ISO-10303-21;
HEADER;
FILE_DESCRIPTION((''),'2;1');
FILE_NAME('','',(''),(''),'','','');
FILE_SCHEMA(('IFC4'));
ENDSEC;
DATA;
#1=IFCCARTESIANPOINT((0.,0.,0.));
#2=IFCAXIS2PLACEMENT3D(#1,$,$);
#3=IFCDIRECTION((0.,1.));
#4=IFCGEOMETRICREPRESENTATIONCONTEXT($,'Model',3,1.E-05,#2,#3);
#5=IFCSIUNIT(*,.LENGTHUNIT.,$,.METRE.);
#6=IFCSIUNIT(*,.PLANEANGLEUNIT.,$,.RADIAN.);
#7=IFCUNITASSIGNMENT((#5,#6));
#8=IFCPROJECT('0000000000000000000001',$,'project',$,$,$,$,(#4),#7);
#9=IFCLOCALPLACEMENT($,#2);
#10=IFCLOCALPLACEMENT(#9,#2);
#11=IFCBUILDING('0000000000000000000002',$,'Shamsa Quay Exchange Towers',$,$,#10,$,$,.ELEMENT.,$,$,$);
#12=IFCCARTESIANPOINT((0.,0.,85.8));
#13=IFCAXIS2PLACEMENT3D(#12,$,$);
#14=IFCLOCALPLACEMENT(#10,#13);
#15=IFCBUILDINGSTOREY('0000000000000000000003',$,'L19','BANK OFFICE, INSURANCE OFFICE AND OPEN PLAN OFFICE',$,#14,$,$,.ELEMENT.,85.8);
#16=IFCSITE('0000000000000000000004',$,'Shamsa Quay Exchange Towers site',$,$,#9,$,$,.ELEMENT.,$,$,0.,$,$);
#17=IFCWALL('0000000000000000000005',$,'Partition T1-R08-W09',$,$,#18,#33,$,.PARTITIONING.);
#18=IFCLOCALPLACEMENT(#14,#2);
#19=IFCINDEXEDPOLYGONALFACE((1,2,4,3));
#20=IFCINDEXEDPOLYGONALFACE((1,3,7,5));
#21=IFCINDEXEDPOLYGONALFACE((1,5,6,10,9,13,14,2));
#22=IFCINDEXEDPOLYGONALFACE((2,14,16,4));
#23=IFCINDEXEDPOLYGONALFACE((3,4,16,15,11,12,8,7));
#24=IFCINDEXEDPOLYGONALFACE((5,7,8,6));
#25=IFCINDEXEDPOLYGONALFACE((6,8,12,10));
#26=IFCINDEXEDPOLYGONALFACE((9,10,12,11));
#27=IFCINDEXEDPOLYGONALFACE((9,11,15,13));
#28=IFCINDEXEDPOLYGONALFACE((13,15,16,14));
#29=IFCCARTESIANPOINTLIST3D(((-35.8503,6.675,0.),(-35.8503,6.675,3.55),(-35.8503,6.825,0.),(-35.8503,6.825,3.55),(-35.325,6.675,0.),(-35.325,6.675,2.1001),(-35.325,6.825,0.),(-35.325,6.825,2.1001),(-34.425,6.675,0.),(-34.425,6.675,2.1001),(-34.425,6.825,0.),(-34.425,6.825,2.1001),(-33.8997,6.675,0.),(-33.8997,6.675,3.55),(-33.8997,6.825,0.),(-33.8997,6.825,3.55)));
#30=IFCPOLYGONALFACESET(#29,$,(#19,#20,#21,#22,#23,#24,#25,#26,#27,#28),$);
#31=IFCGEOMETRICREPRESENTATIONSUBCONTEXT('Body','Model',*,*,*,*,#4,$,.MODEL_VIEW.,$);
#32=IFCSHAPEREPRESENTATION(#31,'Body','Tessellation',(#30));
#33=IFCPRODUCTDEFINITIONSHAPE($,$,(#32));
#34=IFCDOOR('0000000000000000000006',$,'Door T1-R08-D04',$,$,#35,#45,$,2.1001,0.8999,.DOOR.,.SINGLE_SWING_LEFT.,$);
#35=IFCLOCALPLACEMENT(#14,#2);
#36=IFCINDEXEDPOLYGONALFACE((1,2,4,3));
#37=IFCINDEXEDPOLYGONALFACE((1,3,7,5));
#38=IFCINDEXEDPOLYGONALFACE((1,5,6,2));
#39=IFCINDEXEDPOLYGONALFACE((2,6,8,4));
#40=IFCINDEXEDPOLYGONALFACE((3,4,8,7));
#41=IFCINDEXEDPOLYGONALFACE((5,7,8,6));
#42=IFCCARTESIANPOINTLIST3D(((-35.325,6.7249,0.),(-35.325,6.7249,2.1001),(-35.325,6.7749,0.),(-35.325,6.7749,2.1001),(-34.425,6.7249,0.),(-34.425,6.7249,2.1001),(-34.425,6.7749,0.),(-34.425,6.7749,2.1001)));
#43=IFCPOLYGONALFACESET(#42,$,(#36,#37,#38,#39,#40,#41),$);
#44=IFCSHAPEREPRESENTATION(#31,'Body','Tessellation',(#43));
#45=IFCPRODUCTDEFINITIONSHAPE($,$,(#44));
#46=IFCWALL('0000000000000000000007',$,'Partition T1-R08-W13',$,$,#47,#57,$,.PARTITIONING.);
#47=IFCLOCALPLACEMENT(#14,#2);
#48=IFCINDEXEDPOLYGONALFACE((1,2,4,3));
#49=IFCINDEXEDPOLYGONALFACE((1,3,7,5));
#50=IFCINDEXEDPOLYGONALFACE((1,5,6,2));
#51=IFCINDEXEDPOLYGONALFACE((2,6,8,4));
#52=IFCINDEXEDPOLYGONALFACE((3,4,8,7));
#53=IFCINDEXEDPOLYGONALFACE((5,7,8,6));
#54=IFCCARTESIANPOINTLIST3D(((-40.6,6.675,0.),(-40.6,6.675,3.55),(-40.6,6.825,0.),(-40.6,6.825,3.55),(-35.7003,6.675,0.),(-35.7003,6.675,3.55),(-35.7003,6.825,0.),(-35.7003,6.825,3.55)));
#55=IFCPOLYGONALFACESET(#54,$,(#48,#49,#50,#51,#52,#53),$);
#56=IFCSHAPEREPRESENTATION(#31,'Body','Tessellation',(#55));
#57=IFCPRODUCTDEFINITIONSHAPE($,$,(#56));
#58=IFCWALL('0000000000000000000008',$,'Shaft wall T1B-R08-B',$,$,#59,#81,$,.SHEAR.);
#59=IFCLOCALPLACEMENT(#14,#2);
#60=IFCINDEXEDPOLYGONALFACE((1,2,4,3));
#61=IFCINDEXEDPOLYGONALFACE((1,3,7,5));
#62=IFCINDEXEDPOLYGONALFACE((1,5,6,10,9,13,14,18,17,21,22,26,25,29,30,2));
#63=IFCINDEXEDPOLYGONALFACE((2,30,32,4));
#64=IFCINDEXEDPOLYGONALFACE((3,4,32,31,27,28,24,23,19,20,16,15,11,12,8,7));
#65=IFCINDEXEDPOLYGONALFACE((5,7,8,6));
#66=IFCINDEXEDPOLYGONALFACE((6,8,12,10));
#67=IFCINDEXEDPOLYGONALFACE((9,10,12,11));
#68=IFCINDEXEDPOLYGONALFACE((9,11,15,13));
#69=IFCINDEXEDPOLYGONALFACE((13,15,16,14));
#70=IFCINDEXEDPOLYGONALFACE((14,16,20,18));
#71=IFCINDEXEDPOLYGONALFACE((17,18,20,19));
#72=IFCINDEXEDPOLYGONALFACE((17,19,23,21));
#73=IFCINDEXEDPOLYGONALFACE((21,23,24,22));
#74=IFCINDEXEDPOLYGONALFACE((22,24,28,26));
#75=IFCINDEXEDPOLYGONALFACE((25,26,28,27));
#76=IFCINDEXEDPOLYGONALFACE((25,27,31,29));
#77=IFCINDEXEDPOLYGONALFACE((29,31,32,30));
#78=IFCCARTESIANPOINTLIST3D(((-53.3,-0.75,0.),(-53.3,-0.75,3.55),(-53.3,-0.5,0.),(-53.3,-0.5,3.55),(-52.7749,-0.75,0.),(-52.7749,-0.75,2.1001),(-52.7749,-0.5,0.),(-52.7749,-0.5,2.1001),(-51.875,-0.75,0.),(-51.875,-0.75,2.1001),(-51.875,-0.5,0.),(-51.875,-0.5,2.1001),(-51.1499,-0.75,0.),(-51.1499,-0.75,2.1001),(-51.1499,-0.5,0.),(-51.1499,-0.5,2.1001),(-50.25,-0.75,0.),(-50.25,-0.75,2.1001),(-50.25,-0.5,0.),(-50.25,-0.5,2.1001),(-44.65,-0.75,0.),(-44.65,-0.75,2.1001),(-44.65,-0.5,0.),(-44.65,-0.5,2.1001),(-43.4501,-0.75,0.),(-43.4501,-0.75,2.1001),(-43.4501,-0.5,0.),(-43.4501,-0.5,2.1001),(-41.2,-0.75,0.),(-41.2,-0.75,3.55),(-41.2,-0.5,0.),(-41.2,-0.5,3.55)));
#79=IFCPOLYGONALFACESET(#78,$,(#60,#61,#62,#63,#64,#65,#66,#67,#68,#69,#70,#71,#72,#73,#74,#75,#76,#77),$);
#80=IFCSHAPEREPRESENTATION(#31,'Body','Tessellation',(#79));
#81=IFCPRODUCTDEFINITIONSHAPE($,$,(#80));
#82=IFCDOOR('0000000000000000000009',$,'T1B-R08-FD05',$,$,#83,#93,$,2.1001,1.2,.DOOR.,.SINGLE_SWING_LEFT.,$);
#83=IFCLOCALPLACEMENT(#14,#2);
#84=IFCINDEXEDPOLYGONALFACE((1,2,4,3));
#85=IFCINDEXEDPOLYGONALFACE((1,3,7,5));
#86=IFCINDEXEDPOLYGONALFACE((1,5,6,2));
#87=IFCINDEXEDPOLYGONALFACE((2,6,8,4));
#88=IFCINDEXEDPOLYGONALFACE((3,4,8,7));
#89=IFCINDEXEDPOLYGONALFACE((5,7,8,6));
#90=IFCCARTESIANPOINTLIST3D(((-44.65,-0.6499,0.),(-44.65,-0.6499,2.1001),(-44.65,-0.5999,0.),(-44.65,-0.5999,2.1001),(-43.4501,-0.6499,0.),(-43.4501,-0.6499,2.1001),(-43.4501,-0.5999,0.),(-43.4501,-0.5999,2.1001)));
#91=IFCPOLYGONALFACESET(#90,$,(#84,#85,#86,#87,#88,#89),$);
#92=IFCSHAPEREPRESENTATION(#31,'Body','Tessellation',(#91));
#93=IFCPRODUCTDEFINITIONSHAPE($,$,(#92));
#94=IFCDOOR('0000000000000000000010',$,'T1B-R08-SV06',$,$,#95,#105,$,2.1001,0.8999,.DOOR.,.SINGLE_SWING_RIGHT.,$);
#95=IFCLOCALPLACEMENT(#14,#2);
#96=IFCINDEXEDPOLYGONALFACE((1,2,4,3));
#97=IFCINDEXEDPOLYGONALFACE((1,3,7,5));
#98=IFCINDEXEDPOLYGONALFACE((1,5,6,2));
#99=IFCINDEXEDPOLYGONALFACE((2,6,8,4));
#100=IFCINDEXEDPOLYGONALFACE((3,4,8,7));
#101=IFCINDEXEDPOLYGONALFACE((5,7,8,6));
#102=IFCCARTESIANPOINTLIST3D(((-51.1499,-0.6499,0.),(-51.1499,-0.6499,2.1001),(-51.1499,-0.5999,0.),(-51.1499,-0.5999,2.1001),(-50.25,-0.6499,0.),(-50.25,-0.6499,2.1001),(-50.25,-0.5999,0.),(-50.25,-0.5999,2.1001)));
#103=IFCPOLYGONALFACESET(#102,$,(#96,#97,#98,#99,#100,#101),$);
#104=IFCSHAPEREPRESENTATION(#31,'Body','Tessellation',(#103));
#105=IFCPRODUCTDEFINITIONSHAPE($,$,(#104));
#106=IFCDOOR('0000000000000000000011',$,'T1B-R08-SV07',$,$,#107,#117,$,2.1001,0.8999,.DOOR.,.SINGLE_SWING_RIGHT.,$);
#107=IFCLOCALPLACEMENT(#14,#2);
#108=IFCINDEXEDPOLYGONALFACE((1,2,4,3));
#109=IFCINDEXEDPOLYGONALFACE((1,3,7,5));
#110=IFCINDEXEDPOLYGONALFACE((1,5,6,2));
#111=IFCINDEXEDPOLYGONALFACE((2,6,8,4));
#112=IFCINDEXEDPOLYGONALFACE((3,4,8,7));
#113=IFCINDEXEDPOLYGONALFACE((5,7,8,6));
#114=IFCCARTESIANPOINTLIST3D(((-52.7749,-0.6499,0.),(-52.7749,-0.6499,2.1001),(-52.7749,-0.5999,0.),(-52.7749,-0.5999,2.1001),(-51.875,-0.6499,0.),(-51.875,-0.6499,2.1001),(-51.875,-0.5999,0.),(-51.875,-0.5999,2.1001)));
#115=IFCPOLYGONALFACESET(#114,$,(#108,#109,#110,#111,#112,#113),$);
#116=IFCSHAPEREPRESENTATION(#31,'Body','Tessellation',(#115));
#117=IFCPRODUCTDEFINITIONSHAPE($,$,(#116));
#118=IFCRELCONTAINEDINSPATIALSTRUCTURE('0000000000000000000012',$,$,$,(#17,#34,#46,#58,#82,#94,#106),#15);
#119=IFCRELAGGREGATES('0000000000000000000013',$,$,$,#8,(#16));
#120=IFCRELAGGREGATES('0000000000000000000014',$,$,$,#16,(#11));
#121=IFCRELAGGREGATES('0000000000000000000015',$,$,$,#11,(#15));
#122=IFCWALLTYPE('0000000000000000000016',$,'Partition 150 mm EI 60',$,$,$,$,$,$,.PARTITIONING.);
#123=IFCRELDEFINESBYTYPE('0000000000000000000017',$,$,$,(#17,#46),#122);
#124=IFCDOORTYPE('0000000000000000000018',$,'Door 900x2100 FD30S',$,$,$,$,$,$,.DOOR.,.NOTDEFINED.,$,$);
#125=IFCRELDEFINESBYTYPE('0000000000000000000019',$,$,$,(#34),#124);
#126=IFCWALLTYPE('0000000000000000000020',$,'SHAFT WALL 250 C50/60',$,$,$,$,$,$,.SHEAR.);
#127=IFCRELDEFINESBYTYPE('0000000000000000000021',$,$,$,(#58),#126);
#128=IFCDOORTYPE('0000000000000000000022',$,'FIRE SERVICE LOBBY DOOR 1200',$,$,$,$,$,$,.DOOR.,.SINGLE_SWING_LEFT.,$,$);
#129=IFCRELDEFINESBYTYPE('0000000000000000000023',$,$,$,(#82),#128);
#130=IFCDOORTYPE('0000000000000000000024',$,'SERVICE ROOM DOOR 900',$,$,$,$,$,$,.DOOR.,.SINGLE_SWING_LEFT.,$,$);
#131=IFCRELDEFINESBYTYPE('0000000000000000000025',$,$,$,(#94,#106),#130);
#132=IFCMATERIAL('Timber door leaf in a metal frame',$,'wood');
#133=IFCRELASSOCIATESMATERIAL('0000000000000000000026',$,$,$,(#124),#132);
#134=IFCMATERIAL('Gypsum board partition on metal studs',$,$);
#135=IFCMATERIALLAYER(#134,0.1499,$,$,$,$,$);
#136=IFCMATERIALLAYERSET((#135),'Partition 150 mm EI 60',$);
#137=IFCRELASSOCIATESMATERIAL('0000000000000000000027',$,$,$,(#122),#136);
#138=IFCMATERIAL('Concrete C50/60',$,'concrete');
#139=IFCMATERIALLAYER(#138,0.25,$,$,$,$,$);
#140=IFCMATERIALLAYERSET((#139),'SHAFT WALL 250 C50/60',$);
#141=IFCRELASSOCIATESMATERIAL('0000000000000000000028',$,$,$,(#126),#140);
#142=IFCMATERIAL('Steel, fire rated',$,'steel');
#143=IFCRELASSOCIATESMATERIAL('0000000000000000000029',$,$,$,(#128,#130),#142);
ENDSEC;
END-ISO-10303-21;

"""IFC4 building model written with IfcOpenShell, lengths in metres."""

from ifc_helpers import new_model, si_unit, direction, frame, frame_2d, origin, place, context, subcontext, project, spatial, rectangle, extrude, material, layer, layer_set, type_object, element, fill, save


model = new_model("IFC4")

# Units and contexts
model_context = context("Model", 3, precision=1e-05, world=origin(), true_north=direction((0.0, 1.0)))
body_context = subcontext(model_context, "Body", "Model", "MODEL_VIEW")
ifc_project = project(units=[si_unit("LENGTHUNIT", "METRE"), si_unit("PLANEANGLEUNIT", "RADIAN")], contexts=[model_context])

# Site, building, storey
site_placement = place(None, origin())
site = spatial("IfcSite", under=ifc_project, at=site_placement, Name="Shamsa Quay Exchange Towers site", CompositionType="ELEMENT", RefElevation=0.0)
building_placement = place(site_placement, origin())
building = spatial("IfcBuilding", under=site, at=building_placement, Name="Shamsa Quay Exchange Towers", CompositionType="ELEMENT")
storey_placement = place(building_placement, frame((0.0, 0.0, 85.8)))
storey = spatial("IfcBuildingStorey", under=building, at=storey_placement, Name="L19", Description="BANK OFFICE, INSURANCE OFFICE AND OPEN PLAN OFFICE", CompositionType="ELEMENT", Elevation=85.8)

# Shared definitions
ifc_material_1 = material(Name="Timber door leaf in a metal frame", Category="wood")
door_type_1 = type_object("IfcDoorType", Name="Door 900x2100 FD30S", OperationType="NOTDEFINED", PredefinedType="DOOR", material=ifc_material_1)
ifc_material_2 = material(Name="Gypsum board partition on metal studs")

# Shared definitions
ifc_layer_1 = layer(ifc_material_2, 0.1499)
ifc_layer_set_1 = layer_set([ifc_layer_1], Name="Partition 150 mm EI 60")
wall_type_1 = type_object("IfcWallType", Name="Partition 150 mm EI 60", PredefinedType="PARTITIONING", material=ifc_layer_set_1)

# Wall, opening, door
wall_1_placement = place(storey_placement, frame((-35.8503, 6.75, 0.0)))
wall_1 = element("IfcWall", 1, at=wall_1_placement, inside=storey, type_object=wall_type_1, Name="Partition T1-R08-W09", PredefinedType="PARTITIONING", context=body_context, shape_type="SweptSolid", body=[
    extrude(rectangle(XDim=1.9507, YDim=0.1499, at=frame_2d((0.9753, 0.0))), origin(), (0.0, 0.0, 1.0), 3.55),
])
opening_1_placement = place(wall_1_placement, frame((0.5254, 0.0, 0.0)))
opening_1 = element("IfcOpeningElement", 2, at=opening_1_placement, cuts=wall_1, PredefinedType="OPENING", context=body_context, shape_type="SweptSolid", body=[
    extrude(rectangle(XDim=0.8999, YDim=2.1001, at=frame_2d((0.45, 1.05))), frame((0.0, 0.085, 0.0), z_axis=(0.0, -1.0, 0.0), x_axis=(1.0, 0.0, 0.0)), (0.0, 0.0, 1.0), 0.1699),
])
door_1_placement = place(opening_1_placement, origin())
door_1 = element("IfcDoor", 3, at=door_1_placement, inside=storey, type_object=door_type_1, Name="Door T1-R08-D04", OperationType="SINGLE_SWING_LEFT", OverallHeight=2.1001, OverallWidth=0.8999, PredefinedType="DOOR", context=body_context, shape_type="SweptSolid", body=[
    extrude(rectangle(XDim=0.8999, YDim=2.1001, at=frame_2d((0.45, 1.05))), frame((0.0, 0.0249, 0.0), z_axis=(0.0, -1.0, 0.0), x_axis=(1.0, 0.0, 0.0)), (0.0, 0.0, 1.0), 0.05),
])
fill(opening_1, door_1)

# Wall
wall_2_placement = place(storey_placement, frame((-35.7004, 6.75, 0.0), z_axis=(0.0, 0.0, 1.0), x_axis=(-1.0, 0.0, 0.0)))
element("IfcWall", 4, at=wall_2_placement, inside=storey, type_object=wall_type_1, Name="Partition T1-R08-W13", PredefinedType="PARTITIONING", context=body_context, shape_type="SweptSolid", body=[
    extrude(rectangle(XDim=4.8997, YDim=0.1499, at=frame_2d((2.4497, 0.0))), origin(), (0.0, 0.0, 1.0), 3.55),
])

# Wall, openings, doors
ifc_material_3 = material(Name="Concrete C50/60", Category="concrete")
ifc_layer_2 = layer(ifc_material_3, 0.25)
ifc_layer_set_2 = layer_set([ifc_layer_2], Name="SHAFT WALL 250 C50/60")
wall_type_2 = type_object("IfcWallType", Name="SHAFT WALL 250 C50/60", PredefinedType="SHEAR", material=ifc_layer_set_2)
wall_3_placement = place(storey_placement, frame((-41.2, -0.625, 0.0), z_axis=(0.0, 0.0, 1.0), x_axis=(-1.0, 0.0, 0.0)))
wall_3 = element("IfcWall", 5, at=wall_3_placement, inside=storey, type_object=wall_type_2, Name="Shaft wall T1B-R08-B", PredefinedType="SHEAR", context=body_context, shape_type="SweptSolid", body=[
    extrude(rectangle(XDim=12.1001, YDim=0.25, at=frame_2d((6.05, 0.0))), origin(), (0.0, 0.0, 1.0), 3.55),
])
opening_2_placement = place(wall_3_placement, frame((2.25, 0.0, 0.0)))
opening_2 = element("IfcOpeningElement", 6, at=opening_2_placement, cuts=wall_3, PredefinedType="OPENING", context=body_context, shape_type="SweptSolid", body=[
    extrude(rectangle(XDim=1.2, YDim=2.1001, at=frame_2d((0.6001, 1.05))), frame((0.0, 0.135, 0.0), z_axis=(0.0, -1.0, 0.0), x_axis=(1.0, 0.0, 0.0)), (0.0, 0.0, 1.0), 0.27),
])
opening_3_placement = place(wall_3_placement, frame((9.05, 0.0, 0.0)))
opening_3 = element("IfcOpeningElement", 7, at=opening_3_placement, cuts=wall_3, PredefinedType="OPENING", context=body_context, shape_type="SweptSolid", body=[
    extrude(rectangle(XDim=0.8999, YDim=2.1001, at=frame_2d((0.45, 1.05))), frame((0.0, 0.135, 0.0), z_axis=(0.0, -1.0, 0.0), x_axis=(1.0, 0.0, 0.0)), (0.0, 0.0, 1.0), 0.27),
])
opening_4_placement = place(wall_3_placement, frame((10.675, 0.0, 0.0)))
opening_4 = element("IfcOpeningElement", 8, at=opening_4_placement, cuts=wall_3, PredefinedType="OPENING", context=body_context, shape_type="SweptSolid", body=[
    extrude(rectangle(XDim=0.8999, YDim=2.1001, at=frame_2d((0.45, 1.05))), frame((0.0, 0.135, 0.0), z_axis=(0.0, -1.0, 0.0), x_axis=(1.0, 0.0, 0.0)), (0.0, 0.0, 1.0), 0.27),
])
ifc_material_4 = material(Name="Steel, fire rated", Category="steel")
door_type_2 = type_object("IfcDoorType", Name="FIRE SERVICE LOBBY DOOR 1200", OperationType="SINGLE_SWING_LEFT", PredefinedType="DOOR", material=ifc_material_4)
door_2_placement = place(opening_2_placement, origin())
door_2 = element("IfcDoor", 9, at=door_2_placement, inside=storey, type_object=door_type_2, Name="T1B-R08-FD05", OperationType="SINGLE_SWING_LEFT", OverallHeight=2.1001, OverallWidth=1.2, PredefinedType="DOOR", context=body_context, shape_type="SweptSolid", body=[
    extrude(rectangle(XDim=1.2, YDim=2.1001, at=frame_2d((0.6001, 1.05))), frame((0.0, 0.0249, 0.0), z_axis=(0.0, -1.0, 0.0), x_axis=(1.0, 0.0, 0.0)), (0.0, 0.0, 1.0), 0.05),
])
fill(opening_2, door_2)
door_type_3 = type_object("IfcDoorType", Name="SERVICE ROOM DOOR 900", OperationType="SINGLE_SWING_LEFT", PredefinedType="DOOR", material=ifc_material_4)
door_3_placement = place(opening_3_placement, origin())
door_3 = element("IfcDoor", 10, at=door_3_placement, inside=storey, type_object=door_type_3, Name="T1B-R08-SV06", OperationType="SINGLE_SWING_RIGHT", OverallHeight=2.1001, OverallWidth=0.8999, PredefinedType="DOOR", context=body_context, shape_type="SweptSolid", body=[
    extrude(rectangle(XDim=0.8999, YDim=2.1001, at=frame_2d((0.45, 1.05))), frame((0.0, 0.0249, 0.0), z_axis=(0.0, -1.0, 0.0), x_axis=(1.0, 0.0, 0.0)), (0.0, 0.0, 1.0), 0.05),
])
fill(opening_3, door_3)
door_4_placement = place(opening_4_placement, origin())
door_4 = element("IfcDoor", 11, at=door_4_placement, inside=storey, type_object=door_type_3, Name="T1B-R08-SV07", OperationType="SINGLE_SWING_RIGHT", OverallHeight=2.1001, OverallWidth=0.8999, PredefinedType="DOOR", context=body_context, shape_type="SweptSolid", body=[
    extrude(rectangle(XDim=0.8999, YDim=2.1001, at=frame_2d((0.45, 1.05))), frame((0.0, 0.0249, 0.0), z_axis=(0.0, -1.0, 0.0), x_axis=(1.0, 0.0, 0.0)), (0.0, 0.0, 1.0), 0.05),
])
fill(opening_4, door_4)

save(model, "model.ifc")
